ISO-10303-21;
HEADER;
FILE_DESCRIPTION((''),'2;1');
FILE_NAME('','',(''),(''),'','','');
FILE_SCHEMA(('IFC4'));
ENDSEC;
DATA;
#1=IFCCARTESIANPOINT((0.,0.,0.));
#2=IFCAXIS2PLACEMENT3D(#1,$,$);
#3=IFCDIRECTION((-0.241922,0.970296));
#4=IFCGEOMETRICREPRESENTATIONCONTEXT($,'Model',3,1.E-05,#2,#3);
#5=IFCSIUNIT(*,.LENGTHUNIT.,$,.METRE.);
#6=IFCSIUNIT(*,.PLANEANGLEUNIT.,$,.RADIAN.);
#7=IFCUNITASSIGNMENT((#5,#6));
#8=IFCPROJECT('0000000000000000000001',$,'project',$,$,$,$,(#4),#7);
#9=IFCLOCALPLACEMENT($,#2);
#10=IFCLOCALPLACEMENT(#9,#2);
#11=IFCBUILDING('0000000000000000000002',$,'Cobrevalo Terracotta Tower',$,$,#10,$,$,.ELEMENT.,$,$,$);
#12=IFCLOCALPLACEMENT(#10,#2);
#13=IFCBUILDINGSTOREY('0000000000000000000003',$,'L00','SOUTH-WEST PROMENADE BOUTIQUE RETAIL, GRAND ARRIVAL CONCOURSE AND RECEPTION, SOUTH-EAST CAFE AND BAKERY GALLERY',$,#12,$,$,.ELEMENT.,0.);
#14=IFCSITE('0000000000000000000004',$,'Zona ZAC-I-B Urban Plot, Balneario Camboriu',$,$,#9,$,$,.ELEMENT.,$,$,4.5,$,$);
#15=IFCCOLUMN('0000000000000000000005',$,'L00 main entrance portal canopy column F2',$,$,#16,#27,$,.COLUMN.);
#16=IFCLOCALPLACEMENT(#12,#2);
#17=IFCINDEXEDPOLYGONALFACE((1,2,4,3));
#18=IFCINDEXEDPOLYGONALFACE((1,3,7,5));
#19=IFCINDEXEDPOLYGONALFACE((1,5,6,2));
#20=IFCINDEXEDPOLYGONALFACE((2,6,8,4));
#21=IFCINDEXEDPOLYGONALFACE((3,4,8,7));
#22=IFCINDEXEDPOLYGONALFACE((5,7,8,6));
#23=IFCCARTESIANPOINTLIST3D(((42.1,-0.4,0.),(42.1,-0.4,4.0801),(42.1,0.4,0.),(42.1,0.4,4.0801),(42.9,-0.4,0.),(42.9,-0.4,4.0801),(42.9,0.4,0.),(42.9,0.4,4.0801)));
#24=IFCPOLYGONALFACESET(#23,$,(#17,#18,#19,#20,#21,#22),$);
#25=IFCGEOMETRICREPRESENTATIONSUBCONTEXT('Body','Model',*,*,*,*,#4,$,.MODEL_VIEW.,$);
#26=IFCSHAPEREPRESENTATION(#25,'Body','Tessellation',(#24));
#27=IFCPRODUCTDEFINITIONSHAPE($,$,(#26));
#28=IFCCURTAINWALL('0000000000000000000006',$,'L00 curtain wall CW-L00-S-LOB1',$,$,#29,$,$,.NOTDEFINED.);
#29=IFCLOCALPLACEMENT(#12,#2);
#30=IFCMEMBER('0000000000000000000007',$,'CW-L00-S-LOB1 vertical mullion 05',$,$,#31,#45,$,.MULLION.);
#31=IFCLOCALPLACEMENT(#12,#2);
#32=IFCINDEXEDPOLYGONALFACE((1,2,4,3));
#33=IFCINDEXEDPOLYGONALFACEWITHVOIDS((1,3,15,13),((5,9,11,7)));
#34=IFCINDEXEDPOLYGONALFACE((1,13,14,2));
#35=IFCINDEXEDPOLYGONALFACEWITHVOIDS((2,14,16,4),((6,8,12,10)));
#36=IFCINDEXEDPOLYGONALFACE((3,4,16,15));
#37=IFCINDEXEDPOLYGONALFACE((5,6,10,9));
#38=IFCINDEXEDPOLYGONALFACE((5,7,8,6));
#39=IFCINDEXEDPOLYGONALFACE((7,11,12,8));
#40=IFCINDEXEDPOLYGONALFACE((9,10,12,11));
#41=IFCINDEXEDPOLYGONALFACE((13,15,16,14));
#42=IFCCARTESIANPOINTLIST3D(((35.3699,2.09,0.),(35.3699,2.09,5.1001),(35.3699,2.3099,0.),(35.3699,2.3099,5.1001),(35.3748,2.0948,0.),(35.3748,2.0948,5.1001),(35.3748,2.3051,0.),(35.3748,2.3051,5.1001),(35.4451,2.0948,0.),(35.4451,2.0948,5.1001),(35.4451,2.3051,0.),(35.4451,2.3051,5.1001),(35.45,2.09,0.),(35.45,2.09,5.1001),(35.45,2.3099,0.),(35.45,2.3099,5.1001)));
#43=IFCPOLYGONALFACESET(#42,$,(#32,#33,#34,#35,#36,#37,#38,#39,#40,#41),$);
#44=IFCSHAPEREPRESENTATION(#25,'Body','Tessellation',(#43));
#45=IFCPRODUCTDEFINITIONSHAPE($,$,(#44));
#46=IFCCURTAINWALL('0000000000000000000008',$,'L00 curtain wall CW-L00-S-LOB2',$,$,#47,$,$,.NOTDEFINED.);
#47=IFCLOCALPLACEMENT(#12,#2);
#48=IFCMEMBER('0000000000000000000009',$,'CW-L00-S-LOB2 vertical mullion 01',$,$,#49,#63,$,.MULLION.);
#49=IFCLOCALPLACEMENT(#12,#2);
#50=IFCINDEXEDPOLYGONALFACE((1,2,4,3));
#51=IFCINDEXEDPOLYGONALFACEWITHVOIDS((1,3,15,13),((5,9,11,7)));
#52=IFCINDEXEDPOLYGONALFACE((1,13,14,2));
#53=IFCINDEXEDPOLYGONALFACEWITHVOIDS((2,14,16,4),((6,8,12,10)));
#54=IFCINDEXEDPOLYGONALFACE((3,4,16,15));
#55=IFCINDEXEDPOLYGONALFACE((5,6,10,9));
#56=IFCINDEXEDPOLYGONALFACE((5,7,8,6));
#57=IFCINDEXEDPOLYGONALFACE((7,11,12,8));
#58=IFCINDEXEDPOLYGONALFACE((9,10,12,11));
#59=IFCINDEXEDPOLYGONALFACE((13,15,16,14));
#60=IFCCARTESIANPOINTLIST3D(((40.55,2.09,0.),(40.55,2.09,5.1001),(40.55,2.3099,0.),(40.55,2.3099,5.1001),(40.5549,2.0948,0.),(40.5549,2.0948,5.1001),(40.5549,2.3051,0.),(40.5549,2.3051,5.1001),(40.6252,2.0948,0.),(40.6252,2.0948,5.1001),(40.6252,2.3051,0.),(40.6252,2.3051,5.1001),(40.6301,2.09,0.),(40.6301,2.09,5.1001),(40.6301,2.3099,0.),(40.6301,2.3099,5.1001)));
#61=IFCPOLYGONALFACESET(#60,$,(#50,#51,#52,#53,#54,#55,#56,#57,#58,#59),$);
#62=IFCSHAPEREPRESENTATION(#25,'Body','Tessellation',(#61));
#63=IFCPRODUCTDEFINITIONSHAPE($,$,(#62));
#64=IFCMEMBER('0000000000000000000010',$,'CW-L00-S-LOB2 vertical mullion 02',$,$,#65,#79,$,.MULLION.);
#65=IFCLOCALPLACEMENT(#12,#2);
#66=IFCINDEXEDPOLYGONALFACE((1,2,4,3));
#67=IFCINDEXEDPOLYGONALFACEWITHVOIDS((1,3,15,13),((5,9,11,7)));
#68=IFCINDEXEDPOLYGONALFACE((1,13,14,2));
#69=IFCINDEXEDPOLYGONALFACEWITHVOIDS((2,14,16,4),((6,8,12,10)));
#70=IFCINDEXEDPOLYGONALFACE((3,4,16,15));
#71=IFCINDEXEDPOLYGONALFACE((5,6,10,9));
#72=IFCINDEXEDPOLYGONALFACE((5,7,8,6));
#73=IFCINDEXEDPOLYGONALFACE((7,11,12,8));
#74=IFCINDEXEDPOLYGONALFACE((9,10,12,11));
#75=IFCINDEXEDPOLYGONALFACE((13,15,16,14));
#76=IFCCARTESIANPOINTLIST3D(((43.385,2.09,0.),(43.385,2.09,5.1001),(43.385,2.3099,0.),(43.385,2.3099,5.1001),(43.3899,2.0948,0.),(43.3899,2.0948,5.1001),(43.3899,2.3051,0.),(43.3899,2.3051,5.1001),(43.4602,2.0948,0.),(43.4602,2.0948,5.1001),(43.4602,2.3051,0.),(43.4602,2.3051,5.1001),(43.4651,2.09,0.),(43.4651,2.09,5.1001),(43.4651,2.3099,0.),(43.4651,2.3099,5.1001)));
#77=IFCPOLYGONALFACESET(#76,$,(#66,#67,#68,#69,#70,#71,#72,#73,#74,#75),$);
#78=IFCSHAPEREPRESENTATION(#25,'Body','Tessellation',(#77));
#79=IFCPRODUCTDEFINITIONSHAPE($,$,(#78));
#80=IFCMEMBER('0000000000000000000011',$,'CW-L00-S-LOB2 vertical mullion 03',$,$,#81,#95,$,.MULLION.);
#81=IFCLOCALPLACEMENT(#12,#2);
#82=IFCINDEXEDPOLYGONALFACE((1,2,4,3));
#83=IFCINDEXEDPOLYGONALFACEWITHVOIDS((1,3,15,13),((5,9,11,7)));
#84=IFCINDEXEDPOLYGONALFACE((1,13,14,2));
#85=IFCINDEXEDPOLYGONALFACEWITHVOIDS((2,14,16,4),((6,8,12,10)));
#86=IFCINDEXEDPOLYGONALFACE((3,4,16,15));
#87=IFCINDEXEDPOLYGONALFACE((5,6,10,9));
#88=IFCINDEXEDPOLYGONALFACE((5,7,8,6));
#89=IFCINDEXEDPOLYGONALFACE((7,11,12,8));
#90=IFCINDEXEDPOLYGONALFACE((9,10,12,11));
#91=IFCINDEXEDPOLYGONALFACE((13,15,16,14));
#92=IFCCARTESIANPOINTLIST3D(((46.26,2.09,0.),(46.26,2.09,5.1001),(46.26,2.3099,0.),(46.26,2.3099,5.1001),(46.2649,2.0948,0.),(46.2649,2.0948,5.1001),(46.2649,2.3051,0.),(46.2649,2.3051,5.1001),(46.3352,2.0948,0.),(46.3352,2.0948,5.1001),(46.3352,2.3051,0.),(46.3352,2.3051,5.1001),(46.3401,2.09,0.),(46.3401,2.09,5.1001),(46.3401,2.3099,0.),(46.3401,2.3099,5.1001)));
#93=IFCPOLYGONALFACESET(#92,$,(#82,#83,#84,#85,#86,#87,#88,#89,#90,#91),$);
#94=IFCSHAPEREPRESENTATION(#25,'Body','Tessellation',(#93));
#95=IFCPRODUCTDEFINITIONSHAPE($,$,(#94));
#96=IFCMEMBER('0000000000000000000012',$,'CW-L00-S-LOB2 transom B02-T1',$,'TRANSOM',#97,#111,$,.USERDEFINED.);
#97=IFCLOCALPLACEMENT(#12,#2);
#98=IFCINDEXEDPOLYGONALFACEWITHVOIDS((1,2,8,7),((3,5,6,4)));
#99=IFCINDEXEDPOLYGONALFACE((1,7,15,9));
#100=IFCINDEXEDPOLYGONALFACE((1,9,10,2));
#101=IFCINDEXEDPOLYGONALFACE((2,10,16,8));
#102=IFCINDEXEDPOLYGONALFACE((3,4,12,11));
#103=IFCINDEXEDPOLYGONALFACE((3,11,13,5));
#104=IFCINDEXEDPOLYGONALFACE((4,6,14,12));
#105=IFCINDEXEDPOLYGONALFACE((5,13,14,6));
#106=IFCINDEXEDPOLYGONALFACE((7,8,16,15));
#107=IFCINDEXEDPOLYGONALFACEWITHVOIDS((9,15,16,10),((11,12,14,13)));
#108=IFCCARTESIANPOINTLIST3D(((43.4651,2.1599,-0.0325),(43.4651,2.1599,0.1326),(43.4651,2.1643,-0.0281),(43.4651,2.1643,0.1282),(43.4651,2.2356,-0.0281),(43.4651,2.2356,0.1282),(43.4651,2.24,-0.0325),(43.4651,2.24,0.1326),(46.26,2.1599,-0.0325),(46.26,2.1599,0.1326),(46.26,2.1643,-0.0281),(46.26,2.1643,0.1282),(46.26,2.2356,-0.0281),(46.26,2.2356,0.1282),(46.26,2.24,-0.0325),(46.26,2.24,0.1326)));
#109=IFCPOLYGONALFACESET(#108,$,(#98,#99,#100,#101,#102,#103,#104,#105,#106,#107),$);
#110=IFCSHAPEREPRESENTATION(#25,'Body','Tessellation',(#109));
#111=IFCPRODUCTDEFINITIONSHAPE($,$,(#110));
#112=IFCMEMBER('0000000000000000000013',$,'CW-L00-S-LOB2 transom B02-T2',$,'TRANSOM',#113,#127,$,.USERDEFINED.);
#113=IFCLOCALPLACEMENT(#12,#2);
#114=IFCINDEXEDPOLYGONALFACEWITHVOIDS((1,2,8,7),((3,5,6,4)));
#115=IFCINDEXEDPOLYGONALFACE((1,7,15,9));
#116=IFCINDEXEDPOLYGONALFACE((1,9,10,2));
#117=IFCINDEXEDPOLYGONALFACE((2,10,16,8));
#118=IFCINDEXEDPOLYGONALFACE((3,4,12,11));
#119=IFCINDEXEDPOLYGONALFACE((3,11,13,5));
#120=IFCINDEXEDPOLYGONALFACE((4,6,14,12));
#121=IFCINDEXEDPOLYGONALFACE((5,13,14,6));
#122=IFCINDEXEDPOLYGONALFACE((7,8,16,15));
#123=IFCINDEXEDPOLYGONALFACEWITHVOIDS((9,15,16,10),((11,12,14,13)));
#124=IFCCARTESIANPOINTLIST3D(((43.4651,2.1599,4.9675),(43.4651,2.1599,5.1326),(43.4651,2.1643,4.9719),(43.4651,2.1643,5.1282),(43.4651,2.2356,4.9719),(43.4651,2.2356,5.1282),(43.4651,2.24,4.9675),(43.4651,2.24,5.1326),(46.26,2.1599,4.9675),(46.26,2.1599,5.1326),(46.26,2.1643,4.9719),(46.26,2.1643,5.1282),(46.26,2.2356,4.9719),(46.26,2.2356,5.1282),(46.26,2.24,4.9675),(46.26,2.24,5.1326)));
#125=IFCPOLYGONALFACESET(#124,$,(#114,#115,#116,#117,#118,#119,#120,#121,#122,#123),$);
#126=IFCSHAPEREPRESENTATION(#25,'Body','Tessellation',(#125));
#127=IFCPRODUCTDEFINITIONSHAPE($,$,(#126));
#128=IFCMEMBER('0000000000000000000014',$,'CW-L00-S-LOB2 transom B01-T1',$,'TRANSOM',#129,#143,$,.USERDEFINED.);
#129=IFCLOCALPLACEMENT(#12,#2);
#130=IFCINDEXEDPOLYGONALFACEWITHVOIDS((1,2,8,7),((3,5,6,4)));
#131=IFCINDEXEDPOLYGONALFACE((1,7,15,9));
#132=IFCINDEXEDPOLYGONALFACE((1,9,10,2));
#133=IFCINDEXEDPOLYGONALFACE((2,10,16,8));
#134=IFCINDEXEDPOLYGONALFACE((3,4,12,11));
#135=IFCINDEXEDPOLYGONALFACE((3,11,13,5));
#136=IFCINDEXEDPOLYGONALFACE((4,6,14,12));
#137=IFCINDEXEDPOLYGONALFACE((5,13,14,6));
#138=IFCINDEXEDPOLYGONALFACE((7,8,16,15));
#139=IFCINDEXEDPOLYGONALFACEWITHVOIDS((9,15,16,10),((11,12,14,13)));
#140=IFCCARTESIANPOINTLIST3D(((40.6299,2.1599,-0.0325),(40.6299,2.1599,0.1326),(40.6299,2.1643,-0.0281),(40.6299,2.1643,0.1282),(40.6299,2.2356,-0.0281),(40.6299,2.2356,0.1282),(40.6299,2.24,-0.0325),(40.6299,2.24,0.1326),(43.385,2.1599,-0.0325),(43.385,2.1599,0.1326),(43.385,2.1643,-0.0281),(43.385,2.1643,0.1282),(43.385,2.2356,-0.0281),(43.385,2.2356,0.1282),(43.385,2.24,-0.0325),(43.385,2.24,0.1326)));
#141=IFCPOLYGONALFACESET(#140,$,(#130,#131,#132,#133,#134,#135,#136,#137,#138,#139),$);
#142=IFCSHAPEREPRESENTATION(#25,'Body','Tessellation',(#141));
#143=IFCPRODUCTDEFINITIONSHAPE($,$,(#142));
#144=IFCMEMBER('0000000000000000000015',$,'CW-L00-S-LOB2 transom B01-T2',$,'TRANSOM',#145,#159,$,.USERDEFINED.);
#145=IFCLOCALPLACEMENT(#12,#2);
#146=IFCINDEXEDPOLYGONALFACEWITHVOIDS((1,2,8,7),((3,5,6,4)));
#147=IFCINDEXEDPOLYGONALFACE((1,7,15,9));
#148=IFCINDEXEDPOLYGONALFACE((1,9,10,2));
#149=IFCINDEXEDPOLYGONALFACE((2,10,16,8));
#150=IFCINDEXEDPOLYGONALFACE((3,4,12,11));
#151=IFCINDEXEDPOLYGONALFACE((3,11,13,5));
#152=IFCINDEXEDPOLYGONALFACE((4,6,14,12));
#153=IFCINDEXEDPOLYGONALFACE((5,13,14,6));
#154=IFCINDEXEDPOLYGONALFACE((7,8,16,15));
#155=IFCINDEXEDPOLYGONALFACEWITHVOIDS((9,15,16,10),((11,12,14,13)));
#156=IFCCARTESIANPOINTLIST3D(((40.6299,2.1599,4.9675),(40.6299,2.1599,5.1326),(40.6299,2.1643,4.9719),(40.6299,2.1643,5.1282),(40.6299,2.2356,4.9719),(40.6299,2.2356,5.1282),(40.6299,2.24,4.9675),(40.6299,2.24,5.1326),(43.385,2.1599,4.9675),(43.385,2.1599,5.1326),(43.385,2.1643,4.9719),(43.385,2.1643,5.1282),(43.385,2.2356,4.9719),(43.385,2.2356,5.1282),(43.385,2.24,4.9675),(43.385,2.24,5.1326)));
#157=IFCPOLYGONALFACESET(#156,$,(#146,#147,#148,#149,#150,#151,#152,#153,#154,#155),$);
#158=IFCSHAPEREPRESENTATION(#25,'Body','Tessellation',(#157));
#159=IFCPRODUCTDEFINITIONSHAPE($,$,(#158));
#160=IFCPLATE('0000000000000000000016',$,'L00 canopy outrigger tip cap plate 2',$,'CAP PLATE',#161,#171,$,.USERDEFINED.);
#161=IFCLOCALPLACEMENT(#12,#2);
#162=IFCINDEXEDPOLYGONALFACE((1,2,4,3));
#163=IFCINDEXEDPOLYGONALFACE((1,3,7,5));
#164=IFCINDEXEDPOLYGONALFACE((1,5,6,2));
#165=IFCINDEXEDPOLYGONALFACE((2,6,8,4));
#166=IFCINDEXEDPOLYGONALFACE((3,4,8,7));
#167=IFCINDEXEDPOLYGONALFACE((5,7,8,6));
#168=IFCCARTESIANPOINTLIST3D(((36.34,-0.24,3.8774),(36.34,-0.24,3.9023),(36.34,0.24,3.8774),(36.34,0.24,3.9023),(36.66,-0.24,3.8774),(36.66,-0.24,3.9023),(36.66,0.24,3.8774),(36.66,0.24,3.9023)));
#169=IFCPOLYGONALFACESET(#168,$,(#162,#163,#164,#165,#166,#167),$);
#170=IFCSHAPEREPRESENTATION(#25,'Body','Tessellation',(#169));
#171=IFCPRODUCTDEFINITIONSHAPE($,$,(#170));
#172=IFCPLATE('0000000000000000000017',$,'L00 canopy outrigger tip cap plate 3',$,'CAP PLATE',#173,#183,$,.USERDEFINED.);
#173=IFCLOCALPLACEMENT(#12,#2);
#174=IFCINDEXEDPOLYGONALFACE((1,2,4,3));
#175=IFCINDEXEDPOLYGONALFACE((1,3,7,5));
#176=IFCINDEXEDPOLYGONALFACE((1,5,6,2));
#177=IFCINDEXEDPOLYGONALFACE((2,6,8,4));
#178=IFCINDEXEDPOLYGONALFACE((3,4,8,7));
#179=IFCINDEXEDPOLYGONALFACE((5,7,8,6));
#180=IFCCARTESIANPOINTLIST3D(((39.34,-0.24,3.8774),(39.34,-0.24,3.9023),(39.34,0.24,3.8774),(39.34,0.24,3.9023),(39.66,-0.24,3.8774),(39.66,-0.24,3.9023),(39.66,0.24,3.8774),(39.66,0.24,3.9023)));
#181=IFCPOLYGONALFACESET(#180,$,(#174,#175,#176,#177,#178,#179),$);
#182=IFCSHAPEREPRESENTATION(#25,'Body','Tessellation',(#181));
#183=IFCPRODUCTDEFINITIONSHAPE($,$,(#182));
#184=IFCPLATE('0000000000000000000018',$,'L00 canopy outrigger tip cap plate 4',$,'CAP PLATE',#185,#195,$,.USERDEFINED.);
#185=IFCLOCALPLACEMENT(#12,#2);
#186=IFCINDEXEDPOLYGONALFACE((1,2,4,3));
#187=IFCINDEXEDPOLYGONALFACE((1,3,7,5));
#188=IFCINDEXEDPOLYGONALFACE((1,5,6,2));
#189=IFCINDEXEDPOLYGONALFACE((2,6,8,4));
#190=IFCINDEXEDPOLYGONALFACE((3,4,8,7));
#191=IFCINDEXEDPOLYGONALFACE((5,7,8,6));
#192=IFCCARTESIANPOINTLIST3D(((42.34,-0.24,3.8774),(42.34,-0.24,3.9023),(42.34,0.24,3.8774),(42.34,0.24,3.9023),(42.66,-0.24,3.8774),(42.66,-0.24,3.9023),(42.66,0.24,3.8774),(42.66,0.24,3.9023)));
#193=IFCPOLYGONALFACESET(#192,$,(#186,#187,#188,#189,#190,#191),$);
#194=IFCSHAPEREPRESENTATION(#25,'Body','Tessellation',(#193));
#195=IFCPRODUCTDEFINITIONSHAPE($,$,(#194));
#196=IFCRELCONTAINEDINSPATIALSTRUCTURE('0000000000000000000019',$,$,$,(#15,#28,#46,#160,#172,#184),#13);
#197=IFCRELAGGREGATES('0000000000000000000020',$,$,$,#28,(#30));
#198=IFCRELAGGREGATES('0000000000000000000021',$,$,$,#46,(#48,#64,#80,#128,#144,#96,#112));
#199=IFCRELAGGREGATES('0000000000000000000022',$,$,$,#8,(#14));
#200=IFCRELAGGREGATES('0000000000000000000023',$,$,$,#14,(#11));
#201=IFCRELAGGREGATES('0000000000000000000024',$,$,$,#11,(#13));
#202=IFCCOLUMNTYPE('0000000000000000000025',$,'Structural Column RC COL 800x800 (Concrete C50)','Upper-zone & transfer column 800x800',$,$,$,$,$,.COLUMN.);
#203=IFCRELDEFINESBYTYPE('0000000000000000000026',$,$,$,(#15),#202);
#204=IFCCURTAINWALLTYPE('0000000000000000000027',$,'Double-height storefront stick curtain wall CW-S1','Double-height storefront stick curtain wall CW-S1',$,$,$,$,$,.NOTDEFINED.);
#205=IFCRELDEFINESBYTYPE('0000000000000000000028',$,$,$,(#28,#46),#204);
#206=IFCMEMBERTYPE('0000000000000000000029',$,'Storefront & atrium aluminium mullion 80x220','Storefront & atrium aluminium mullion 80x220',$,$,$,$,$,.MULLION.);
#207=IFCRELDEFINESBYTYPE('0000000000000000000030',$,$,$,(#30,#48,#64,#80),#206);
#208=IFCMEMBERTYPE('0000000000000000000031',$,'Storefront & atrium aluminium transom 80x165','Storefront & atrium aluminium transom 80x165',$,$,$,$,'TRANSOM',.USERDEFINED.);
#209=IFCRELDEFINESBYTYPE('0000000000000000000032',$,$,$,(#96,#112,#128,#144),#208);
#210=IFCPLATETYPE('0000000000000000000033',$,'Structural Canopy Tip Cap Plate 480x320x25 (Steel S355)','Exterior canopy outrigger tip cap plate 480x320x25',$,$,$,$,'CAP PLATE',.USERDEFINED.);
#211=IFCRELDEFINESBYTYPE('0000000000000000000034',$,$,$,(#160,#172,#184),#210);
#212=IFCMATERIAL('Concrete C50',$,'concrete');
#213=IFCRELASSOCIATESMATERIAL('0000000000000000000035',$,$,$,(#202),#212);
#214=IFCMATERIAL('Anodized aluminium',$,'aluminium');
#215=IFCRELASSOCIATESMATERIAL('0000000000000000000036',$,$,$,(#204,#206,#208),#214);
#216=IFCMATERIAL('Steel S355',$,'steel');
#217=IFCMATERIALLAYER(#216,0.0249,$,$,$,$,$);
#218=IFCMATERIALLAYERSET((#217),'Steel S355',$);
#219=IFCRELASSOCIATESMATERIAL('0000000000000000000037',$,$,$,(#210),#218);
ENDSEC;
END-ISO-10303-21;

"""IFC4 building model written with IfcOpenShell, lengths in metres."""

from ifc_helpers import new_model, si_unit, direction, frame, origin, origin_2d, place, context, subcontext, project, spatial, rectangle, hollow_rectangle, extrude, source, transform, mapped, material, layer, layer_set, material_profile, profile_set, type_object, element, aggregate, save


model = new_model("IFC4")

# Units and contexts
model_context = context("Model", 3, precision=1e-05, world=origin(), true_north=direction((-0.241922, 0.970296)))
body_context = subcontext(model_context, "Body", "Model", "MODEL_VIEW")
ifc_project = project(units=[si_unit("LENGTHUNIT", "METRE"), si_unit("PLANEANGLEUNIT", "RADIAN")], contexts=[model_context])

# Site, building, storey
site_placement = place(None, origin())
site = spatial("IfcSite", under=ifc_project, at=site_placement, Name="Zona ZAC-I-B Urban Plot, Balneario Camboriu", CompositionType="ELEMENT", RefElevation=4.5)
building_placement = place(site_placement, origin())
building = spatial("IfcBuilding", under=site, at=building_placement, Name="Cobrevalo Terracotta Tower", CompositionType="ELEMENT")
storey_placement = place(building_placement, origin())
storey = spatial("IfcBuildingStorey", under=building, at=storey_placement, Name="L00", Description="SOUTH-WEST PROMENADE BOUTIQUE RETAIL, GRAND ARRIVAL CONCOURSE AND RECEPTION, SOUTH-EAST CAFE AND BAKERY GALLERY", CompositionType="ELEMENT", Elevation=0.0)

# Column
ifc_material_1 = material(Name="Concrete C50", Category="concrete")
ifc_material_profile_1 = material_profile(ifc_material_1, rectangle(XDim=0.8, YDim=0.8, at=origin_2d()), Name="RC COL 800x800")
ifc_profile_set_1 = profile_set([ifc_material_profile_1], Name="Concrete C50")
column_type = type_object("IfcColumnType", Name="Structural Column RC COL 800x800 (Concrete C50)", Description="Upper-zone & transfer column 800x800", PredefinedType="COLUMN", material=ifc_profile_set_1)
column_placement = place(storey_placement, frame((42.5, 0.0, 0.0), z_axis=(0.0, 0.0, 1.0), x_axis=(1.0, 0.0, 0.0)))
element("IfcColumn", 1, at=column_placement, inside=storey, type_object=column_type, Name="L00 main entrance portal canopy column F2", PredefinedType="COLUMN", context=body_context, shape_type="SweptSolid", body=[
    extrude(rectangle(XDim=0.8, YDim=0.8, at=origin_2d()), origin(), (0.0, 0.0, 1.0), 4.0801),
])

# Curtain wall, member
ifc_material_2 = material(Name="Anodized aluminium", Category="aluminium")
curtain_wall_type = type_object("IfcCurtainWallType", Name="Double-height storefront stick curtain wall CW-S1", Description="Double-height storefront stick curtain wall CW-S1", PredefinedType="NOTDEFINED", material=ifc_material_2)
curtain_wall_1_placement = place(storey_placement, origin())
curtain_wall_1 = element("IfcCurtainWall", 2, at=curtain_wall_1_placement, inside=storey, type_object=curtain_wall_type, Name="L00 curtain wall CW-L00-S-LOB1", PredefinedType="NOTDEFINED")
ifc_material_profile_2 = material_profile(ifc_material_2, hollow_rectangle(XDim=0.0801, YDim=0.22, WallThickness=0.0049, at=origin_2d()), Name="CWM 80x220")
ifc_profile_set_2 = profile_set([ifc_material_profile_2], Name="Anodized aluminium")
member_type_1 = type_object("IfcMemberType", Name="Storefront & atrium aluminium mullion 80x220", Description="Storefront & atrium aluminium mullion 80x220", PredefinedType="MULLION", material=ifc_profile_set_2)
shared_shape_1 = source(origin(), body_context, "Body", "SweptSolid", [
    extrude(hollow_rectangle(XDim=0.0801, YDim=0.22, WallThickness=0.0049, at=origin_2d()), origin(), (0.0, 0.0, 1.0), 5.1001),
])
member_1_placement = place(storey_placement, frame((35.4099, 2.2, 0.0), z_axis=(0.0, 0.0, 1.0), x_axis=(1.0, 0.0, 0.0)))
member_1 = element("IfcMember", 3, at=member_1_placement, type_object=member_type_1, Name="CW-L00-S-LOB1 vertical mullion 05", PredefinedType="MULLION", context=body_context, shape_type="MappedRepresentation", body=[
    mapped(shared_shape_1, transform((0.0, 0.0, 0.0), scale=1.0)),
])
aggregate(curtain_wall_1, [member_1])

# Curtain wall, members
curtain_wall_2_placement = place(storey_placement, origin())
curtain_wall_2 = element("IfcCurtainWall", 4, at=curtain_wall_2_placement, inside=storey, type_object=curtain_wall_type, Name="L00 curtain wall CW-L00-S-LOB2", PredefinedType="NOTDEFINED")
member_2_placement = place(storey_placement, frame((40.5901, 2.2, 0.0), z_axis=(0.0, 0.0, 1.0), x_axis=(1.0, 0.0, 0.0)))
member_2 = element("IfcMember", 5, at=member_2_placement, type_object=member_type_1, Name="CW-L00-S-LOB2 vertical mullion 01", PredefinedType="MULLION", context=body_context, shape_type="MappedRepresentation", body=[
    mapped(shared_shape_1, transform((0.0, 0.0, 0.0), scale=1.0)),
])
member_3_placement = place(storey_placement, frame((43.425, 2.2, 0.0), z_axis=(0.0, 0.0, 1.0), x_axis=(1.0, 0.0, 0.0)))
member_3 = element("IfcMember", 6, at=member_3_placement, type_object=member_type_1, Name="CW-L00-S-LOB2 vertical mullion 02", PredefinedType="MULLION", context=body_context, shape_type="MappedRepresentation", body=[
    mapped(shared_shape_1, transform((0.0, 0.0, 0.0), scale=1.0)),
])
member_4_placement = place(storey_placement, frame((46.3, 2.2, 0.0), z_axis=(0.0, 0.0, 1.0), x_axis=(1.0, 0.0, 0.0)))
member_4 = element("IfcMember", 7, at=member_4_placement, type_object=member_type_1, Name="CW-L00-S-LOB2 vertical mullion 03", PredefinedType="MULLION", context=body_context, shape_type="MappedRepresentation", body=[
    mapped(shared_shape_1, transform((0.0, 0.0, 0.0), scale=1.0)),
])
ifc_material_profile_3 = material_profile(ifc_material_2, hollow_rectangle(XDim=0.0801, YDim=0.165, WallThickness=0.0044, at=origin_2d()), Name="CWT 80x165")
ifc_profile_set_3 = profile_set([ifc_material_profile_3], Name="Anodized aluminium")
member_type_2 = type_object("IfcMemberType", Name="Storefront & atrium aluminium transom 80x165", Description="Storefront & atrium aluminium transom 80x165", ElementType="TRANSOM", PredefinedType="USERDEFINED", material=ifc_profile_set_3)
shared_shape_2 = source(origin(), body_context, "Body", "SweptSolid", [
    extrude(hollow_rectangle(XDim=0.0801, YDim=0.165, WallThickness=0.0044, at=origin_2d()), origin(), (0.0, 0.0, 1.0), 2.7949),
])
member_5_placement = place(storey_placement, frame((43.4651, 2.2, 0.05), z_axis=(1.0, 0.0, 0.0), x_axis=(0.0, 1.0, 0.0)))
member_5 = element("IfcMember", 8, at=member_5_placement, type_object=member_type_2, Name="CW-L00-S-LOB2 transom B02-T1", ObjectType="TRANSOM", PredefinedType="USERDEFINED", context=body_context, shape_type="MappedRepresentation", body=[
    mapped(shared_shape_2, transform((0.0, 0.0, 0.0), scale=1.0)),
])
member_6_placement = place(storey_placement, frame((43.4651, 2.2, 5.05), z_axis=(1.0, 0.0, 0.0), x_axis=(0.0, 1.0, 0.0)))
member_6 = element("IfcMember", 9, at=member_6_placement, type_object=member_type_2, Name="CW-L00-S-LOB2 transom B02-T2", ObjectType="TRANSOM", PredefinedType="USERDEFINED", context=body_context, shape_type="MappedRepresentation", body=[
    mapped(shared_shape_2, transform((0.0, 0.0, 0.0), scale=1.0)),
])
shared_shape_3 = source(origin(), body_context, "Body", "SweptSolid", [
    extrude(hollow_rectangle(XDim=0.0801, YDim=0.165, WallThickness=0.0044, at=origin_2d()), origin(), (0.0, 0.0, 1.0), 2.7551),
])
member_7_placement = place(storey_placement, frame((40.6299, 2.2, 0.05), z_axis=(1.0, 0.0, 0.0), x_axis=(0.0, 1.0, 0.0)))
member_7 = element("IfcMember", 10, at=member_7_placement, type_object=member_type_2, Name="CW-L00-S-LOB2 transom B01-T1", ObjectType="TRANSOM", PredefinedType="USERDEFINED", context=body_context, shape_type="MappedRepresentation", body=[
    mapped(shared_shape_3, transform((0.0, 0.0, 0.0), scale=1.0)),
])
member_8_placement = place(storey_placement, frame((40.6299, 2.2, 5.05), z_axis=(1.0, 0.0, 0.0), x_axis=(0.0, 1.0, 0.0)))
member_8 = element("IfcMember", 11, at=member_8_placement, type_object=member_type_2, Name="CW-L00-S-LOB2 transom B01-T2", ObjectType="TRANSOM", PredefinedType="USERDEFINED", context=body_context, shape_type="MappedRepresentation", body=[
    mapped(shared_shape_3, transform((0.0, 0.0, 0.0), scale=1.0)),
])

# Plates
ifc_material_3 = material(Name="Steel S355", Category="steel")
ifc_layer_1 = layer(ifc_material_3, 0.0249)
ifc_layer_set_1 = layer_set([ifc_layer_1], Name="Steel S355")
plate_type_1 = type_object("IfcPlateType", Name="Structural Canopy Tip Cap Plate 480x320x25 (Steel S355)", Description="Exterior canopy outrigger tip cap plate 480x320x25", ElementType="CAP PLATE", PredefinedType="USERDEFINED", material=ifc_layer_set_1)
shared_shape_4 = source(origin(), body_context, "Body", "SweptSolid", [
    extrude(rectangle(XDim=0.48, YDim=0.3201, at=origin_2d()), origin(), (0.0, 0.0, 1.0), 0.0249),
])
for number, where, z_axis, x_axis, name in (
    (12, (36.5, 0.0, 3.8774), (0.0, 0.0, 1.0), (0.0, 1.0, 0.0), "L00 canopy outrigger tip cap plate 2"),
    (13, (39.5, 0.0, 3.8774), (0.0, 0.0, 1.0), (0.0, 1.0, 0.0), "L00 canopy outrigger tip cap plate 3"),
    (14, (42.5, 0.0, 3.8774), (0.0, 0.0, 1.0), (0.0, 1.0, 0.0), "L00 canopy outrigger tip cap plate 4"),
):
    element("IfcPlate", number, at=place(storey_placement, frame(where, z_axis=z_axis, x_axis=x_axis)), inside=storey, type_object=plate_type_1, Name=name, ObjectType="CAP PLATE", PredefinedType="USERDEFINED", context=body_context, shape_type="MappedRepresentation", body=[
        mapped(shared_shape_4, transform((0.0, 0.0, 0.0), scale=1.0)),
    ])

aggregate(curtain_wall_2, [member_2, member_3, member_4, member_7, member_8, member_5, member_6])

save(model, "model.ifc")
